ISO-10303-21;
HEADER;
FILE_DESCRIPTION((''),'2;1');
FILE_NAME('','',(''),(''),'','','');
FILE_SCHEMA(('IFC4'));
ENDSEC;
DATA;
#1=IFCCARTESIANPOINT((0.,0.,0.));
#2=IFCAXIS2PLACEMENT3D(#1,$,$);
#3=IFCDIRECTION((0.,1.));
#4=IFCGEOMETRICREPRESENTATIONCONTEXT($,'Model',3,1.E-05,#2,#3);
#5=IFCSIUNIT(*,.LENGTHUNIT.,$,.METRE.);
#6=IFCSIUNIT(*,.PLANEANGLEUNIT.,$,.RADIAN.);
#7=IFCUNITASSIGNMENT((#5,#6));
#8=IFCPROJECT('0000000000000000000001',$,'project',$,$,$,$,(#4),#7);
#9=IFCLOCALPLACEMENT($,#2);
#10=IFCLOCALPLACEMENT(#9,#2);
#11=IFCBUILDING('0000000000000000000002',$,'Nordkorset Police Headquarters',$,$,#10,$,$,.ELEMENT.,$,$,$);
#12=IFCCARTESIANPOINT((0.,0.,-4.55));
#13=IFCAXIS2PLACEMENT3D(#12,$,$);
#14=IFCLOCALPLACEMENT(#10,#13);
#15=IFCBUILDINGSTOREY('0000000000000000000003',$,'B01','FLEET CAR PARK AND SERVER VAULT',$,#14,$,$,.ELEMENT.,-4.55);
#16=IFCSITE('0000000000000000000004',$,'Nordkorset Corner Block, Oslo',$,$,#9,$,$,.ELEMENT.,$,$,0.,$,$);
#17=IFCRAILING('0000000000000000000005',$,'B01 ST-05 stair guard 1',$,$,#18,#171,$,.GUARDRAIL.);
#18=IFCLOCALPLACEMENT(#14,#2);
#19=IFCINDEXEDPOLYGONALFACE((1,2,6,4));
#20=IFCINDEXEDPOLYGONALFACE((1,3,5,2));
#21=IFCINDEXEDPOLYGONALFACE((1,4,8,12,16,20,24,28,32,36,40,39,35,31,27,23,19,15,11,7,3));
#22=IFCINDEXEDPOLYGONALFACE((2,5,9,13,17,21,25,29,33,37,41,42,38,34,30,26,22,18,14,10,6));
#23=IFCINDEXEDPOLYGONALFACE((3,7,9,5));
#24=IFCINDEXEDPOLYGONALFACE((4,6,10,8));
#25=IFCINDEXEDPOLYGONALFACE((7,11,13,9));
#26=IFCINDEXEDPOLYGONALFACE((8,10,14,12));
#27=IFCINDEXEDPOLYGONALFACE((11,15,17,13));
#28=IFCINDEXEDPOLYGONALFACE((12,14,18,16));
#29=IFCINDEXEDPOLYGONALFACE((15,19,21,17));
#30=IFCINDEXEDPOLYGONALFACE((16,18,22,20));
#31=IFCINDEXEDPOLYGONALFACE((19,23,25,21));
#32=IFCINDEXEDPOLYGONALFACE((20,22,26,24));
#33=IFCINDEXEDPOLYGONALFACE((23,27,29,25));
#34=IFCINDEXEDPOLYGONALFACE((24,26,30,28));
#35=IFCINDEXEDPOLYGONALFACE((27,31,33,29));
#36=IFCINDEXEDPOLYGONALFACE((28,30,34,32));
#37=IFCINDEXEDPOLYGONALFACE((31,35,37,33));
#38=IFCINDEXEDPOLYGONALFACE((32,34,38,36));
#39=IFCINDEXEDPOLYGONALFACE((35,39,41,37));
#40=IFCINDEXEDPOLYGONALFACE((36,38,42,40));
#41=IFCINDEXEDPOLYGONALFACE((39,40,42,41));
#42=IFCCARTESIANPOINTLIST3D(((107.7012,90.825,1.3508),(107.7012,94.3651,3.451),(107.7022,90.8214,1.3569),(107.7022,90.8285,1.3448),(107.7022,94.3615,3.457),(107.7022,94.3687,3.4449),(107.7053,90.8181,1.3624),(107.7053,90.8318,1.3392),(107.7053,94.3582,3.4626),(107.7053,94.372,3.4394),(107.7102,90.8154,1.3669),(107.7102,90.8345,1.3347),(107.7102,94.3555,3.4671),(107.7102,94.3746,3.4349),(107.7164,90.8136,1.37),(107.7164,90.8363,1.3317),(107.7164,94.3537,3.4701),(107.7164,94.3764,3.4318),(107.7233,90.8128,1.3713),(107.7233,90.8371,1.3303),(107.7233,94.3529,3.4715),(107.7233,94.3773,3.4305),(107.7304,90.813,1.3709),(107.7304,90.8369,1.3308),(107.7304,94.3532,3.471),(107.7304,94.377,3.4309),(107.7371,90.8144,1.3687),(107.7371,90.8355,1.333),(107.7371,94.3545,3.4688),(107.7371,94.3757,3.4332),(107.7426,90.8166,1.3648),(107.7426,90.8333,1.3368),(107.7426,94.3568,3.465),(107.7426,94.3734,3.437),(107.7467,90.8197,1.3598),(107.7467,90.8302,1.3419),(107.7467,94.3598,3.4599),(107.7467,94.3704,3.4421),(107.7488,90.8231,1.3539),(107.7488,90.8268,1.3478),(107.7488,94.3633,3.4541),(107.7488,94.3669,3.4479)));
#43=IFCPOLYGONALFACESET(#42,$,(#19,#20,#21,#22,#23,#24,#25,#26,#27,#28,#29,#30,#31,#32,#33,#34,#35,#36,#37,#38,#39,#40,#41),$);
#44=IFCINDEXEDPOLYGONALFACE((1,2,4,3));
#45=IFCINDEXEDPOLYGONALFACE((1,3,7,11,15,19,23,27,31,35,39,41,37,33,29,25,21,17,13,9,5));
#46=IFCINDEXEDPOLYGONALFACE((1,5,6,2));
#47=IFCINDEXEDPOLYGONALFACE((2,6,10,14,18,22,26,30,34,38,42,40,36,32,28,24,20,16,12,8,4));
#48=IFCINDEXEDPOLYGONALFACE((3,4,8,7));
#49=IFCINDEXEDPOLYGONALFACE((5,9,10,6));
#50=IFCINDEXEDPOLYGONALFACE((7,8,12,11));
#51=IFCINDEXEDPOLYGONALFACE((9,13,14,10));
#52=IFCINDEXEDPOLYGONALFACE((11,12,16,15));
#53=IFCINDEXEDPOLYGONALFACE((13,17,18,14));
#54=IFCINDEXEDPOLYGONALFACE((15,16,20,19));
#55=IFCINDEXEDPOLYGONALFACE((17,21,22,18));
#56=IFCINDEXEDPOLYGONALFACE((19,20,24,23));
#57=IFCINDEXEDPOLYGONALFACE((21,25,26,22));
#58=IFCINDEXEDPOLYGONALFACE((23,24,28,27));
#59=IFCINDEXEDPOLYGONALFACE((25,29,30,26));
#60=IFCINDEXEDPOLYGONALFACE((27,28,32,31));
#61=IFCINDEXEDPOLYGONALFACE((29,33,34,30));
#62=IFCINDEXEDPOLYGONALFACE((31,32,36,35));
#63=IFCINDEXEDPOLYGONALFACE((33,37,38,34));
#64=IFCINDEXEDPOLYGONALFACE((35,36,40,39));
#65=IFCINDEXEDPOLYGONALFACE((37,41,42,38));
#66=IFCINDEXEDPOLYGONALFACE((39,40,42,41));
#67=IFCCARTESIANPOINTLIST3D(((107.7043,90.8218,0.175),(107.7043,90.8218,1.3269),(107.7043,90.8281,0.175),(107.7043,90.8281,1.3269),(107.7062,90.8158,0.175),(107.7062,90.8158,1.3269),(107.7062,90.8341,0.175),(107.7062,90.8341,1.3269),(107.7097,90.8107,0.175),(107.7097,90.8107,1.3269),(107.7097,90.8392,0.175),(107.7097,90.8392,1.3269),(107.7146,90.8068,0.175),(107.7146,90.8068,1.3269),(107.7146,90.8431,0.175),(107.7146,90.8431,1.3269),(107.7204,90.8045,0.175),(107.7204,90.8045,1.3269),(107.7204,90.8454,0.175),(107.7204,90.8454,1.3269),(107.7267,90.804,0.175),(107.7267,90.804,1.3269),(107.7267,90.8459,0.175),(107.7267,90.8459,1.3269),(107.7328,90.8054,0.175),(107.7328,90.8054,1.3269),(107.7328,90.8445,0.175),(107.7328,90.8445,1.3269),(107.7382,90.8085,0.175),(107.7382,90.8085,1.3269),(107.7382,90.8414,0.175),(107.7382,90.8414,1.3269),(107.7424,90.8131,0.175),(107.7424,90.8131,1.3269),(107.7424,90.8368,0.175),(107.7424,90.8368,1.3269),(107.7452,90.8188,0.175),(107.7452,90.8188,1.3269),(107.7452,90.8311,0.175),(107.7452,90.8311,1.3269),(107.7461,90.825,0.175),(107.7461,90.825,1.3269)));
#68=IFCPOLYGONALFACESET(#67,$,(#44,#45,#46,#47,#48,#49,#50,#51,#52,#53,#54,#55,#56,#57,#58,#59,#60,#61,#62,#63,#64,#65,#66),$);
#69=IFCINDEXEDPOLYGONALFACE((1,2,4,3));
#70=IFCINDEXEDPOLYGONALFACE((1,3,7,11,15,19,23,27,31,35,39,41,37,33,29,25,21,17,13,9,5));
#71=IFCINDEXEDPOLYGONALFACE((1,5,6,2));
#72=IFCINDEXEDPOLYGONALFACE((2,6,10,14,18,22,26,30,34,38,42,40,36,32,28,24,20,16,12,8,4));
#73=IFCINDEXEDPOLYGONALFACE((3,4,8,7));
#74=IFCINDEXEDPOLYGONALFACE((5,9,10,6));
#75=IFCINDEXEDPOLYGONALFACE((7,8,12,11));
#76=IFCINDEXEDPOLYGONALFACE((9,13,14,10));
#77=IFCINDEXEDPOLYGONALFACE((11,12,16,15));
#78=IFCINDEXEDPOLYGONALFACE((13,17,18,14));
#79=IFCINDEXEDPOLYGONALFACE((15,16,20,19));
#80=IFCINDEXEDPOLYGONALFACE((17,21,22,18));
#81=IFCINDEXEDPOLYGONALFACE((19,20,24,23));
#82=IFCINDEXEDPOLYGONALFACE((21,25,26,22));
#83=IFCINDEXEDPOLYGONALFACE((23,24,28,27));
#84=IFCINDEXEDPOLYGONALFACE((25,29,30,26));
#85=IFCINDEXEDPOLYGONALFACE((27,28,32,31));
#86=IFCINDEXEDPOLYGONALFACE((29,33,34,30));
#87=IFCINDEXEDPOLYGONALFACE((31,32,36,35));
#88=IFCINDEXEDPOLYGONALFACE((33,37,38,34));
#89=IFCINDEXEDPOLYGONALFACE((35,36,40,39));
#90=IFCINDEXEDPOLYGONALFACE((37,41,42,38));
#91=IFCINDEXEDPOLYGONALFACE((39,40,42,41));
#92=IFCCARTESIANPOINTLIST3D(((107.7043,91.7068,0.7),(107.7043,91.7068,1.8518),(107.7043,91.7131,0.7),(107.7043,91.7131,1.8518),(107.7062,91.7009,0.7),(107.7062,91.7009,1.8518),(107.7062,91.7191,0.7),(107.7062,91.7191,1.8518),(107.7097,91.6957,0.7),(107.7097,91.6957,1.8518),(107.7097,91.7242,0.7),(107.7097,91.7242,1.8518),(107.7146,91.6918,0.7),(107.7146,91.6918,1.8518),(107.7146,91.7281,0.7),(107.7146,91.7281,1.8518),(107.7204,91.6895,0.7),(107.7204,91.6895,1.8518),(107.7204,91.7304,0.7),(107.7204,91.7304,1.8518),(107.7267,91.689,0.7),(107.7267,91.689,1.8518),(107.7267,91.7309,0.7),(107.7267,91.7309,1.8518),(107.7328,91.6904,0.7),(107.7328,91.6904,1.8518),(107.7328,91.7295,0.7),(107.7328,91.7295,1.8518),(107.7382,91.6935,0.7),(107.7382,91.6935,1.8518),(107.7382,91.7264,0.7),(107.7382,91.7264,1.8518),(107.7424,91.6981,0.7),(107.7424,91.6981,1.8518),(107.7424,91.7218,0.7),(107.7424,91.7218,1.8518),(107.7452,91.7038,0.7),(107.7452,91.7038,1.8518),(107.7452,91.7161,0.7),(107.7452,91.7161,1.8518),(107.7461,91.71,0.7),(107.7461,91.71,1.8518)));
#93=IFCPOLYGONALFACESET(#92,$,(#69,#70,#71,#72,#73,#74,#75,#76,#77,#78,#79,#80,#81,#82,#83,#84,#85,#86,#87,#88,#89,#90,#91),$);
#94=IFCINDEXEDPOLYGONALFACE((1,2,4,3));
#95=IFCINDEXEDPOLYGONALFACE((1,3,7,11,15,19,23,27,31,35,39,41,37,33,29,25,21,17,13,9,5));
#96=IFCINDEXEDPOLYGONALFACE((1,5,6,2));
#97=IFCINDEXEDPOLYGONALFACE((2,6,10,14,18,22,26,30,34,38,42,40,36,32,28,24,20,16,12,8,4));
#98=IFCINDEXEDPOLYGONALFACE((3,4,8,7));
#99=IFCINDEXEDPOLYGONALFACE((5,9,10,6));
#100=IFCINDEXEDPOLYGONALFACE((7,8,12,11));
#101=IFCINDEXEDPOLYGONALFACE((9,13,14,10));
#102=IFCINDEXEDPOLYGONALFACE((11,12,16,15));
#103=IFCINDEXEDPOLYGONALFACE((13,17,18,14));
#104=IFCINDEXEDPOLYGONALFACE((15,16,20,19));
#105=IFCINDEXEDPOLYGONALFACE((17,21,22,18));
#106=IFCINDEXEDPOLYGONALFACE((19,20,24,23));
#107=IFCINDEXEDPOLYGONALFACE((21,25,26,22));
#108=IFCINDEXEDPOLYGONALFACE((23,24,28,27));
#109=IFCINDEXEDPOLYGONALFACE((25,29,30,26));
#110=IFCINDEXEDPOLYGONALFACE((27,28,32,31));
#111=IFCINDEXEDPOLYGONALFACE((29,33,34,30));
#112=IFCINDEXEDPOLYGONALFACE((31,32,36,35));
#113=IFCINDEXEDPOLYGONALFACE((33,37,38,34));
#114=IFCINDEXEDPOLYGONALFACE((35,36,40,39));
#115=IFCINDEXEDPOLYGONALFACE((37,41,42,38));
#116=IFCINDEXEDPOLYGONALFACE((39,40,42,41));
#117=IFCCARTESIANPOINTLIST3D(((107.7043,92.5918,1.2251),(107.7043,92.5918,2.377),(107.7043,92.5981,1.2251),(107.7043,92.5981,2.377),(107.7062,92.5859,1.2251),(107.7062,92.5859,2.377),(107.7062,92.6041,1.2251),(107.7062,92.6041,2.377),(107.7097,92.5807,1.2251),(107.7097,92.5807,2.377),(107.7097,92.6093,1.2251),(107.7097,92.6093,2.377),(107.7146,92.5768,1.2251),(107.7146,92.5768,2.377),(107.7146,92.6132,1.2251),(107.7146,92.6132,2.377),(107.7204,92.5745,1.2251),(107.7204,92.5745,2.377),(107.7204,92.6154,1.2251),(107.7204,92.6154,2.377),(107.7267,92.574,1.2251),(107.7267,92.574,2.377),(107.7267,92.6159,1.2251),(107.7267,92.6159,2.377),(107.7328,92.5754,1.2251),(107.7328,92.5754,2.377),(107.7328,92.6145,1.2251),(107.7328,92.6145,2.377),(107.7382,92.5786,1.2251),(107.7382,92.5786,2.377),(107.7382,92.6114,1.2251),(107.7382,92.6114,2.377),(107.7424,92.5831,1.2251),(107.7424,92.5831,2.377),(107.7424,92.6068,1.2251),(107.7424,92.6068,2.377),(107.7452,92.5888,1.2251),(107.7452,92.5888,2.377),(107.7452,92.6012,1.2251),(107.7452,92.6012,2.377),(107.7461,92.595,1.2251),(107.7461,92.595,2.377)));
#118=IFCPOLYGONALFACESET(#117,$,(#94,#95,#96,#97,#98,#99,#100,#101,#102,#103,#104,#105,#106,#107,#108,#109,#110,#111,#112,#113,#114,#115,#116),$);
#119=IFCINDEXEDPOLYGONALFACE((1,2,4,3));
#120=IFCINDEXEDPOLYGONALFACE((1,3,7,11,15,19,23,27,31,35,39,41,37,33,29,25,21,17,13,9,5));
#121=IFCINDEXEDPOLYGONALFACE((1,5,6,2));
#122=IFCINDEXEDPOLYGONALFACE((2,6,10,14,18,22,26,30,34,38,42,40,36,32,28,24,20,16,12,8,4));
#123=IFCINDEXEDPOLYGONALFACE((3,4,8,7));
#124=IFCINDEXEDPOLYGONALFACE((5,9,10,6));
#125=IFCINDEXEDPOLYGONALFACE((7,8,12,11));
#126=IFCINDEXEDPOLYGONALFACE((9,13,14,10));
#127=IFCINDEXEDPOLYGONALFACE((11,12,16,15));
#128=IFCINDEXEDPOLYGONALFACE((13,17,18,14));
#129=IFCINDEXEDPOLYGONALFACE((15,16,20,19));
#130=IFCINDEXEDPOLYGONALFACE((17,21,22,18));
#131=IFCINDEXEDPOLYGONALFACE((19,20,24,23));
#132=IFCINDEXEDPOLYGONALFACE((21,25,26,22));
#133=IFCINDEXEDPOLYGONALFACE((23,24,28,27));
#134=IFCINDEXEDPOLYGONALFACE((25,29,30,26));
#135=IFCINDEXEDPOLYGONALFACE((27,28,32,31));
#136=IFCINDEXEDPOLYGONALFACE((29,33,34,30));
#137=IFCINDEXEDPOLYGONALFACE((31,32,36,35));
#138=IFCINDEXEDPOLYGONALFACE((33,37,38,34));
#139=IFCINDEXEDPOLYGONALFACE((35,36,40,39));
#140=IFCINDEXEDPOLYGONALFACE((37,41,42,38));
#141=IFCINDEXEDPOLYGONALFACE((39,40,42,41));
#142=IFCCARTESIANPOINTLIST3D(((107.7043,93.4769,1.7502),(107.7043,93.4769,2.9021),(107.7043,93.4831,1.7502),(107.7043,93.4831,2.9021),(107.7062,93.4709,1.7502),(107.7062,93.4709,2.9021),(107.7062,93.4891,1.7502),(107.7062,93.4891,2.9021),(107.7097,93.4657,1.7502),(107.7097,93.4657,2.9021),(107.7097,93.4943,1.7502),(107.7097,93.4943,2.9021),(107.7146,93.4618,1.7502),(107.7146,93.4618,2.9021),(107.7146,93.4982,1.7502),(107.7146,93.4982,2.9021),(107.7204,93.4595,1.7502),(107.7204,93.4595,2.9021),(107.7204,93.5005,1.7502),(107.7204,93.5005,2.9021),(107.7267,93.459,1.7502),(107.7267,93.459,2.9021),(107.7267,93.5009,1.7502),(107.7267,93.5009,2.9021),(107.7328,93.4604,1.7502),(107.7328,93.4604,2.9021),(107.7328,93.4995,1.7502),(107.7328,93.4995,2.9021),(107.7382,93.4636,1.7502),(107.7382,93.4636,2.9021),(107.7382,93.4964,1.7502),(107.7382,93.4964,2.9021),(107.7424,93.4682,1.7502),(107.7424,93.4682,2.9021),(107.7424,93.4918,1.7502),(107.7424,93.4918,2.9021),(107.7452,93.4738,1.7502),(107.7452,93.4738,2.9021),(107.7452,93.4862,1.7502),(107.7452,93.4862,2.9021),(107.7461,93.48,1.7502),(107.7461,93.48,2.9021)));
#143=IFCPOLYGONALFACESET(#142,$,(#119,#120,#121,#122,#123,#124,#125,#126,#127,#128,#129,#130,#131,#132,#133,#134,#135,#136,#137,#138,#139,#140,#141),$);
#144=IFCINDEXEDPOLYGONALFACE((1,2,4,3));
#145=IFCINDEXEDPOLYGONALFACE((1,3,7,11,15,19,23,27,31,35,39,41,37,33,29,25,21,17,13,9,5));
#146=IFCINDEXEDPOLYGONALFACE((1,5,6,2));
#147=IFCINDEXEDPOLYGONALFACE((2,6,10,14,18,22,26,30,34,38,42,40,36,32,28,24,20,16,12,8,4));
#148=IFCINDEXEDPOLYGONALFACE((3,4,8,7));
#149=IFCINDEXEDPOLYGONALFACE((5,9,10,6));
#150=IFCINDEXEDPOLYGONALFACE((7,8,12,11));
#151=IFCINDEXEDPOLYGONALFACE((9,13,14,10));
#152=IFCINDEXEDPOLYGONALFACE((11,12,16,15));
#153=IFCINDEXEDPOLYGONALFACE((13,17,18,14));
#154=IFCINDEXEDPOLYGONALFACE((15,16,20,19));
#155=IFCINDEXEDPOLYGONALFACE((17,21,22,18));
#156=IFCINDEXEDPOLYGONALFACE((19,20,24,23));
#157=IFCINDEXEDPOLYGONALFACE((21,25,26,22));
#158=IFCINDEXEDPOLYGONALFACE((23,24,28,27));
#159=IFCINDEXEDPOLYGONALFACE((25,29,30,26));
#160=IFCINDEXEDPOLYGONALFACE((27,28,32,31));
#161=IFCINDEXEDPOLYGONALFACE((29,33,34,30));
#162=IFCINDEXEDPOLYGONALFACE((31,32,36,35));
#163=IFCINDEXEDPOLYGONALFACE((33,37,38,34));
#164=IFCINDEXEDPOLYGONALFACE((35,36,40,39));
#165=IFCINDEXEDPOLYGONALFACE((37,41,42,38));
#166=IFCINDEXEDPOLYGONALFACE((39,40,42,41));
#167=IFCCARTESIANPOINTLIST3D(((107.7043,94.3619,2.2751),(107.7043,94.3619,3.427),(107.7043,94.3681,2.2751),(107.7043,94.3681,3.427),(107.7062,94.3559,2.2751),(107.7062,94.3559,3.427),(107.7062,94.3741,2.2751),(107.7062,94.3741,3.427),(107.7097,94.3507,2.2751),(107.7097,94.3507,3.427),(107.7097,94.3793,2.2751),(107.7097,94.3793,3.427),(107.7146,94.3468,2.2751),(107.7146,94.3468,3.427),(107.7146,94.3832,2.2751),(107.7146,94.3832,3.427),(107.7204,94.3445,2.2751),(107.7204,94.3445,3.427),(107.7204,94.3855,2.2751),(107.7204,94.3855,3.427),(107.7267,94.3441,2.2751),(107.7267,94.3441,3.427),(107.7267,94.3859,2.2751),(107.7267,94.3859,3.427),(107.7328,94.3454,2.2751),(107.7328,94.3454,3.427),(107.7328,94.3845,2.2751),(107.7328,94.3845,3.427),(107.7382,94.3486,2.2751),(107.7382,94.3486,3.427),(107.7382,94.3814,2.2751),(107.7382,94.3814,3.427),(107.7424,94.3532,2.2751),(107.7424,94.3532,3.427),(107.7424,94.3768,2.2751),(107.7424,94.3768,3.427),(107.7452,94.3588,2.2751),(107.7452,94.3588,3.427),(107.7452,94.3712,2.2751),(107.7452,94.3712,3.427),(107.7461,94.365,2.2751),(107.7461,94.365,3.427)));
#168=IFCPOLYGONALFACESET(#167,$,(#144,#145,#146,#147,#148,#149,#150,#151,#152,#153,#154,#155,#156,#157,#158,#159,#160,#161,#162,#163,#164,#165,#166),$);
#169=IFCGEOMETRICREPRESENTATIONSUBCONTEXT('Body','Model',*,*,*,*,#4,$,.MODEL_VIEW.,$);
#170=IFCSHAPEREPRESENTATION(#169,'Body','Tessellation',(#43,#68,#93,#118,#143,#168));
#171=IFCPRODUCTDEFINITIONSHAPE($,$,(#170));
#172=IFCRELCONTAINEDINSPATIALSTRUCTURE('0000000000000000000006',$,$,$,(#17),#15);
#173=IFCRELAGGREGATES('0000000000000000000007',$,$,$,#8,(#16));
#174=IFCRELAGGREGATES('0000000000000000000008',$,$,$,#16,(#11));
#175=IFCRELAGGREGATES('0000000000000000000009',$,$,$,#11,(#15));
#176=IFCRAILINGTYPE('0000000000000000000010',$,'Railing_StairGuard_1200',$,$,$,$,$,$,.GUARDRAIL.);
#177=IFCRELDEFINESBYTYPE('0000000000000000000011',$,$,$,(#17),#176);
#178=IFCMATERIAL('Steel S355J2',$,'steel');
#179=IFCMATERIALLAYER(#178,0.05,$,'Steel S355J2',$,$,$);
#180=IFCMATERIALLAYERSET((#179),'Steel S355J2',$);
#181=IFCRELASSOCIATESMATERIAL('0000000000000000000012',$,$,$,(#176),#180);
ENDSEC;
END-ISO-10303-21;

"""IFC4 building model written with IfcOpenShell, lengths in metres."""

from ifc_helpers import new_model, si_unit, direction, frame, origin, origin_2d, place, context, subcontext, project, spatial, circle, extrude, material, layer, layer_set, type_object, element, save


model = new_model("IFC4")

# Units and contexts
model_context = context("Model", 3, precision=1e-05, world=origin(), true_north=direction((0.0, 1.0)))
body_context = subcontext(model_context, "Body", "Model", "MODEL_VIEW")
ifc_project = project(units=[si_unit("LENGTHUNIT", "METRE"), si_unit("PLANEANGLEUNIT", "RADIAN")], contexts=[model_context])

# Site, building, storey
site_placement = place(None, origin())
site = spatial("IfcSite", under=ifc_project, at=site_placement, Name="Nordkorset Corner Block, Oslo", CompositionType="ELEMENT", RefElevation=0.0)
building_placement = place(site_placement, origin())
building = spatial("IfcBuilding", under=site, at=building_placement, Name="Nordkorset Police Headquarters", CompositionType="ELEMENT")
storey_placement = place(building_placement, frame((0.0, 0.0, -4.55)))
storey = spatial("IfcBuildingStorey", under=building, at=storey_placement, Name="B01", Description="FLEET CAR PARK AND SERVER VAULT", CompositionType="ELEMENT", Elevation=-4.55)

# Railing
ifc_material_1 = material(Name="Steel S355J2", Category="steel")
ifc_layer_1 = layer(ifc_material_1, 0.05, Name="Steel S355J2")
ifc_layer_set_1 = layer_set([ifc_layer_1], Name="Steel S355J2")
railing_type_1 = type_object("IfcRailingType", Name="Railing_StairGuard_1200", PredefinedType="GUARDRAIL", material=ifc_layer_set_1)
railing_1_placement = place(storey_placement, frame((107.7251, 90.825, 0.175)))
element("IfcRailing", 1, at=railing_1_placement, inside=storey, type_object=railing_type_1, Name="B01 ST-05 stair guard 1", PredefinedType="GUARDRAIL", context=body_context, shape_type="SweptSolid", body=[
    extrude(circle(Radius=0.0239, at=origin_2d()), frame((0.0, 0.0, 1.1758), z_axis=(0.0, 0.860047, 0.510215), x_axis=(-1.0, 0.0, 0.0)), (0.0, 0.0, 1.0), 4.1162),
    extrude(circle(Radius=0.021, at=origin_2d()), origin(), (0.0, 0.0, 1.0), 1.1519),
    extrude(circle(Radius=0.021, at=origin_2d()), frame((0.0, 0.885, 0.5249)), (0.0, 0.0, 1.0), 1.1519),
    extrude(circle(Radius=0.021, at=origin_2d()), frame((0.0, 1.77, 1.05)), (0.0, 0.0, 1.0), 1.1519),
    extrude(circle(Radius=0.021, at=origin_2d()), frame((0.0, 2.655, 1.5752)), (0.0, 0.0, 1.0), 1.1519),
    extrude(circle(Radius=0.021, at=origin_2d()), frame((0.0, 3.54, 2.1001)), (0.0, 0.0, 1.0), 1.1519),
])

save(model, "model.ifc")
